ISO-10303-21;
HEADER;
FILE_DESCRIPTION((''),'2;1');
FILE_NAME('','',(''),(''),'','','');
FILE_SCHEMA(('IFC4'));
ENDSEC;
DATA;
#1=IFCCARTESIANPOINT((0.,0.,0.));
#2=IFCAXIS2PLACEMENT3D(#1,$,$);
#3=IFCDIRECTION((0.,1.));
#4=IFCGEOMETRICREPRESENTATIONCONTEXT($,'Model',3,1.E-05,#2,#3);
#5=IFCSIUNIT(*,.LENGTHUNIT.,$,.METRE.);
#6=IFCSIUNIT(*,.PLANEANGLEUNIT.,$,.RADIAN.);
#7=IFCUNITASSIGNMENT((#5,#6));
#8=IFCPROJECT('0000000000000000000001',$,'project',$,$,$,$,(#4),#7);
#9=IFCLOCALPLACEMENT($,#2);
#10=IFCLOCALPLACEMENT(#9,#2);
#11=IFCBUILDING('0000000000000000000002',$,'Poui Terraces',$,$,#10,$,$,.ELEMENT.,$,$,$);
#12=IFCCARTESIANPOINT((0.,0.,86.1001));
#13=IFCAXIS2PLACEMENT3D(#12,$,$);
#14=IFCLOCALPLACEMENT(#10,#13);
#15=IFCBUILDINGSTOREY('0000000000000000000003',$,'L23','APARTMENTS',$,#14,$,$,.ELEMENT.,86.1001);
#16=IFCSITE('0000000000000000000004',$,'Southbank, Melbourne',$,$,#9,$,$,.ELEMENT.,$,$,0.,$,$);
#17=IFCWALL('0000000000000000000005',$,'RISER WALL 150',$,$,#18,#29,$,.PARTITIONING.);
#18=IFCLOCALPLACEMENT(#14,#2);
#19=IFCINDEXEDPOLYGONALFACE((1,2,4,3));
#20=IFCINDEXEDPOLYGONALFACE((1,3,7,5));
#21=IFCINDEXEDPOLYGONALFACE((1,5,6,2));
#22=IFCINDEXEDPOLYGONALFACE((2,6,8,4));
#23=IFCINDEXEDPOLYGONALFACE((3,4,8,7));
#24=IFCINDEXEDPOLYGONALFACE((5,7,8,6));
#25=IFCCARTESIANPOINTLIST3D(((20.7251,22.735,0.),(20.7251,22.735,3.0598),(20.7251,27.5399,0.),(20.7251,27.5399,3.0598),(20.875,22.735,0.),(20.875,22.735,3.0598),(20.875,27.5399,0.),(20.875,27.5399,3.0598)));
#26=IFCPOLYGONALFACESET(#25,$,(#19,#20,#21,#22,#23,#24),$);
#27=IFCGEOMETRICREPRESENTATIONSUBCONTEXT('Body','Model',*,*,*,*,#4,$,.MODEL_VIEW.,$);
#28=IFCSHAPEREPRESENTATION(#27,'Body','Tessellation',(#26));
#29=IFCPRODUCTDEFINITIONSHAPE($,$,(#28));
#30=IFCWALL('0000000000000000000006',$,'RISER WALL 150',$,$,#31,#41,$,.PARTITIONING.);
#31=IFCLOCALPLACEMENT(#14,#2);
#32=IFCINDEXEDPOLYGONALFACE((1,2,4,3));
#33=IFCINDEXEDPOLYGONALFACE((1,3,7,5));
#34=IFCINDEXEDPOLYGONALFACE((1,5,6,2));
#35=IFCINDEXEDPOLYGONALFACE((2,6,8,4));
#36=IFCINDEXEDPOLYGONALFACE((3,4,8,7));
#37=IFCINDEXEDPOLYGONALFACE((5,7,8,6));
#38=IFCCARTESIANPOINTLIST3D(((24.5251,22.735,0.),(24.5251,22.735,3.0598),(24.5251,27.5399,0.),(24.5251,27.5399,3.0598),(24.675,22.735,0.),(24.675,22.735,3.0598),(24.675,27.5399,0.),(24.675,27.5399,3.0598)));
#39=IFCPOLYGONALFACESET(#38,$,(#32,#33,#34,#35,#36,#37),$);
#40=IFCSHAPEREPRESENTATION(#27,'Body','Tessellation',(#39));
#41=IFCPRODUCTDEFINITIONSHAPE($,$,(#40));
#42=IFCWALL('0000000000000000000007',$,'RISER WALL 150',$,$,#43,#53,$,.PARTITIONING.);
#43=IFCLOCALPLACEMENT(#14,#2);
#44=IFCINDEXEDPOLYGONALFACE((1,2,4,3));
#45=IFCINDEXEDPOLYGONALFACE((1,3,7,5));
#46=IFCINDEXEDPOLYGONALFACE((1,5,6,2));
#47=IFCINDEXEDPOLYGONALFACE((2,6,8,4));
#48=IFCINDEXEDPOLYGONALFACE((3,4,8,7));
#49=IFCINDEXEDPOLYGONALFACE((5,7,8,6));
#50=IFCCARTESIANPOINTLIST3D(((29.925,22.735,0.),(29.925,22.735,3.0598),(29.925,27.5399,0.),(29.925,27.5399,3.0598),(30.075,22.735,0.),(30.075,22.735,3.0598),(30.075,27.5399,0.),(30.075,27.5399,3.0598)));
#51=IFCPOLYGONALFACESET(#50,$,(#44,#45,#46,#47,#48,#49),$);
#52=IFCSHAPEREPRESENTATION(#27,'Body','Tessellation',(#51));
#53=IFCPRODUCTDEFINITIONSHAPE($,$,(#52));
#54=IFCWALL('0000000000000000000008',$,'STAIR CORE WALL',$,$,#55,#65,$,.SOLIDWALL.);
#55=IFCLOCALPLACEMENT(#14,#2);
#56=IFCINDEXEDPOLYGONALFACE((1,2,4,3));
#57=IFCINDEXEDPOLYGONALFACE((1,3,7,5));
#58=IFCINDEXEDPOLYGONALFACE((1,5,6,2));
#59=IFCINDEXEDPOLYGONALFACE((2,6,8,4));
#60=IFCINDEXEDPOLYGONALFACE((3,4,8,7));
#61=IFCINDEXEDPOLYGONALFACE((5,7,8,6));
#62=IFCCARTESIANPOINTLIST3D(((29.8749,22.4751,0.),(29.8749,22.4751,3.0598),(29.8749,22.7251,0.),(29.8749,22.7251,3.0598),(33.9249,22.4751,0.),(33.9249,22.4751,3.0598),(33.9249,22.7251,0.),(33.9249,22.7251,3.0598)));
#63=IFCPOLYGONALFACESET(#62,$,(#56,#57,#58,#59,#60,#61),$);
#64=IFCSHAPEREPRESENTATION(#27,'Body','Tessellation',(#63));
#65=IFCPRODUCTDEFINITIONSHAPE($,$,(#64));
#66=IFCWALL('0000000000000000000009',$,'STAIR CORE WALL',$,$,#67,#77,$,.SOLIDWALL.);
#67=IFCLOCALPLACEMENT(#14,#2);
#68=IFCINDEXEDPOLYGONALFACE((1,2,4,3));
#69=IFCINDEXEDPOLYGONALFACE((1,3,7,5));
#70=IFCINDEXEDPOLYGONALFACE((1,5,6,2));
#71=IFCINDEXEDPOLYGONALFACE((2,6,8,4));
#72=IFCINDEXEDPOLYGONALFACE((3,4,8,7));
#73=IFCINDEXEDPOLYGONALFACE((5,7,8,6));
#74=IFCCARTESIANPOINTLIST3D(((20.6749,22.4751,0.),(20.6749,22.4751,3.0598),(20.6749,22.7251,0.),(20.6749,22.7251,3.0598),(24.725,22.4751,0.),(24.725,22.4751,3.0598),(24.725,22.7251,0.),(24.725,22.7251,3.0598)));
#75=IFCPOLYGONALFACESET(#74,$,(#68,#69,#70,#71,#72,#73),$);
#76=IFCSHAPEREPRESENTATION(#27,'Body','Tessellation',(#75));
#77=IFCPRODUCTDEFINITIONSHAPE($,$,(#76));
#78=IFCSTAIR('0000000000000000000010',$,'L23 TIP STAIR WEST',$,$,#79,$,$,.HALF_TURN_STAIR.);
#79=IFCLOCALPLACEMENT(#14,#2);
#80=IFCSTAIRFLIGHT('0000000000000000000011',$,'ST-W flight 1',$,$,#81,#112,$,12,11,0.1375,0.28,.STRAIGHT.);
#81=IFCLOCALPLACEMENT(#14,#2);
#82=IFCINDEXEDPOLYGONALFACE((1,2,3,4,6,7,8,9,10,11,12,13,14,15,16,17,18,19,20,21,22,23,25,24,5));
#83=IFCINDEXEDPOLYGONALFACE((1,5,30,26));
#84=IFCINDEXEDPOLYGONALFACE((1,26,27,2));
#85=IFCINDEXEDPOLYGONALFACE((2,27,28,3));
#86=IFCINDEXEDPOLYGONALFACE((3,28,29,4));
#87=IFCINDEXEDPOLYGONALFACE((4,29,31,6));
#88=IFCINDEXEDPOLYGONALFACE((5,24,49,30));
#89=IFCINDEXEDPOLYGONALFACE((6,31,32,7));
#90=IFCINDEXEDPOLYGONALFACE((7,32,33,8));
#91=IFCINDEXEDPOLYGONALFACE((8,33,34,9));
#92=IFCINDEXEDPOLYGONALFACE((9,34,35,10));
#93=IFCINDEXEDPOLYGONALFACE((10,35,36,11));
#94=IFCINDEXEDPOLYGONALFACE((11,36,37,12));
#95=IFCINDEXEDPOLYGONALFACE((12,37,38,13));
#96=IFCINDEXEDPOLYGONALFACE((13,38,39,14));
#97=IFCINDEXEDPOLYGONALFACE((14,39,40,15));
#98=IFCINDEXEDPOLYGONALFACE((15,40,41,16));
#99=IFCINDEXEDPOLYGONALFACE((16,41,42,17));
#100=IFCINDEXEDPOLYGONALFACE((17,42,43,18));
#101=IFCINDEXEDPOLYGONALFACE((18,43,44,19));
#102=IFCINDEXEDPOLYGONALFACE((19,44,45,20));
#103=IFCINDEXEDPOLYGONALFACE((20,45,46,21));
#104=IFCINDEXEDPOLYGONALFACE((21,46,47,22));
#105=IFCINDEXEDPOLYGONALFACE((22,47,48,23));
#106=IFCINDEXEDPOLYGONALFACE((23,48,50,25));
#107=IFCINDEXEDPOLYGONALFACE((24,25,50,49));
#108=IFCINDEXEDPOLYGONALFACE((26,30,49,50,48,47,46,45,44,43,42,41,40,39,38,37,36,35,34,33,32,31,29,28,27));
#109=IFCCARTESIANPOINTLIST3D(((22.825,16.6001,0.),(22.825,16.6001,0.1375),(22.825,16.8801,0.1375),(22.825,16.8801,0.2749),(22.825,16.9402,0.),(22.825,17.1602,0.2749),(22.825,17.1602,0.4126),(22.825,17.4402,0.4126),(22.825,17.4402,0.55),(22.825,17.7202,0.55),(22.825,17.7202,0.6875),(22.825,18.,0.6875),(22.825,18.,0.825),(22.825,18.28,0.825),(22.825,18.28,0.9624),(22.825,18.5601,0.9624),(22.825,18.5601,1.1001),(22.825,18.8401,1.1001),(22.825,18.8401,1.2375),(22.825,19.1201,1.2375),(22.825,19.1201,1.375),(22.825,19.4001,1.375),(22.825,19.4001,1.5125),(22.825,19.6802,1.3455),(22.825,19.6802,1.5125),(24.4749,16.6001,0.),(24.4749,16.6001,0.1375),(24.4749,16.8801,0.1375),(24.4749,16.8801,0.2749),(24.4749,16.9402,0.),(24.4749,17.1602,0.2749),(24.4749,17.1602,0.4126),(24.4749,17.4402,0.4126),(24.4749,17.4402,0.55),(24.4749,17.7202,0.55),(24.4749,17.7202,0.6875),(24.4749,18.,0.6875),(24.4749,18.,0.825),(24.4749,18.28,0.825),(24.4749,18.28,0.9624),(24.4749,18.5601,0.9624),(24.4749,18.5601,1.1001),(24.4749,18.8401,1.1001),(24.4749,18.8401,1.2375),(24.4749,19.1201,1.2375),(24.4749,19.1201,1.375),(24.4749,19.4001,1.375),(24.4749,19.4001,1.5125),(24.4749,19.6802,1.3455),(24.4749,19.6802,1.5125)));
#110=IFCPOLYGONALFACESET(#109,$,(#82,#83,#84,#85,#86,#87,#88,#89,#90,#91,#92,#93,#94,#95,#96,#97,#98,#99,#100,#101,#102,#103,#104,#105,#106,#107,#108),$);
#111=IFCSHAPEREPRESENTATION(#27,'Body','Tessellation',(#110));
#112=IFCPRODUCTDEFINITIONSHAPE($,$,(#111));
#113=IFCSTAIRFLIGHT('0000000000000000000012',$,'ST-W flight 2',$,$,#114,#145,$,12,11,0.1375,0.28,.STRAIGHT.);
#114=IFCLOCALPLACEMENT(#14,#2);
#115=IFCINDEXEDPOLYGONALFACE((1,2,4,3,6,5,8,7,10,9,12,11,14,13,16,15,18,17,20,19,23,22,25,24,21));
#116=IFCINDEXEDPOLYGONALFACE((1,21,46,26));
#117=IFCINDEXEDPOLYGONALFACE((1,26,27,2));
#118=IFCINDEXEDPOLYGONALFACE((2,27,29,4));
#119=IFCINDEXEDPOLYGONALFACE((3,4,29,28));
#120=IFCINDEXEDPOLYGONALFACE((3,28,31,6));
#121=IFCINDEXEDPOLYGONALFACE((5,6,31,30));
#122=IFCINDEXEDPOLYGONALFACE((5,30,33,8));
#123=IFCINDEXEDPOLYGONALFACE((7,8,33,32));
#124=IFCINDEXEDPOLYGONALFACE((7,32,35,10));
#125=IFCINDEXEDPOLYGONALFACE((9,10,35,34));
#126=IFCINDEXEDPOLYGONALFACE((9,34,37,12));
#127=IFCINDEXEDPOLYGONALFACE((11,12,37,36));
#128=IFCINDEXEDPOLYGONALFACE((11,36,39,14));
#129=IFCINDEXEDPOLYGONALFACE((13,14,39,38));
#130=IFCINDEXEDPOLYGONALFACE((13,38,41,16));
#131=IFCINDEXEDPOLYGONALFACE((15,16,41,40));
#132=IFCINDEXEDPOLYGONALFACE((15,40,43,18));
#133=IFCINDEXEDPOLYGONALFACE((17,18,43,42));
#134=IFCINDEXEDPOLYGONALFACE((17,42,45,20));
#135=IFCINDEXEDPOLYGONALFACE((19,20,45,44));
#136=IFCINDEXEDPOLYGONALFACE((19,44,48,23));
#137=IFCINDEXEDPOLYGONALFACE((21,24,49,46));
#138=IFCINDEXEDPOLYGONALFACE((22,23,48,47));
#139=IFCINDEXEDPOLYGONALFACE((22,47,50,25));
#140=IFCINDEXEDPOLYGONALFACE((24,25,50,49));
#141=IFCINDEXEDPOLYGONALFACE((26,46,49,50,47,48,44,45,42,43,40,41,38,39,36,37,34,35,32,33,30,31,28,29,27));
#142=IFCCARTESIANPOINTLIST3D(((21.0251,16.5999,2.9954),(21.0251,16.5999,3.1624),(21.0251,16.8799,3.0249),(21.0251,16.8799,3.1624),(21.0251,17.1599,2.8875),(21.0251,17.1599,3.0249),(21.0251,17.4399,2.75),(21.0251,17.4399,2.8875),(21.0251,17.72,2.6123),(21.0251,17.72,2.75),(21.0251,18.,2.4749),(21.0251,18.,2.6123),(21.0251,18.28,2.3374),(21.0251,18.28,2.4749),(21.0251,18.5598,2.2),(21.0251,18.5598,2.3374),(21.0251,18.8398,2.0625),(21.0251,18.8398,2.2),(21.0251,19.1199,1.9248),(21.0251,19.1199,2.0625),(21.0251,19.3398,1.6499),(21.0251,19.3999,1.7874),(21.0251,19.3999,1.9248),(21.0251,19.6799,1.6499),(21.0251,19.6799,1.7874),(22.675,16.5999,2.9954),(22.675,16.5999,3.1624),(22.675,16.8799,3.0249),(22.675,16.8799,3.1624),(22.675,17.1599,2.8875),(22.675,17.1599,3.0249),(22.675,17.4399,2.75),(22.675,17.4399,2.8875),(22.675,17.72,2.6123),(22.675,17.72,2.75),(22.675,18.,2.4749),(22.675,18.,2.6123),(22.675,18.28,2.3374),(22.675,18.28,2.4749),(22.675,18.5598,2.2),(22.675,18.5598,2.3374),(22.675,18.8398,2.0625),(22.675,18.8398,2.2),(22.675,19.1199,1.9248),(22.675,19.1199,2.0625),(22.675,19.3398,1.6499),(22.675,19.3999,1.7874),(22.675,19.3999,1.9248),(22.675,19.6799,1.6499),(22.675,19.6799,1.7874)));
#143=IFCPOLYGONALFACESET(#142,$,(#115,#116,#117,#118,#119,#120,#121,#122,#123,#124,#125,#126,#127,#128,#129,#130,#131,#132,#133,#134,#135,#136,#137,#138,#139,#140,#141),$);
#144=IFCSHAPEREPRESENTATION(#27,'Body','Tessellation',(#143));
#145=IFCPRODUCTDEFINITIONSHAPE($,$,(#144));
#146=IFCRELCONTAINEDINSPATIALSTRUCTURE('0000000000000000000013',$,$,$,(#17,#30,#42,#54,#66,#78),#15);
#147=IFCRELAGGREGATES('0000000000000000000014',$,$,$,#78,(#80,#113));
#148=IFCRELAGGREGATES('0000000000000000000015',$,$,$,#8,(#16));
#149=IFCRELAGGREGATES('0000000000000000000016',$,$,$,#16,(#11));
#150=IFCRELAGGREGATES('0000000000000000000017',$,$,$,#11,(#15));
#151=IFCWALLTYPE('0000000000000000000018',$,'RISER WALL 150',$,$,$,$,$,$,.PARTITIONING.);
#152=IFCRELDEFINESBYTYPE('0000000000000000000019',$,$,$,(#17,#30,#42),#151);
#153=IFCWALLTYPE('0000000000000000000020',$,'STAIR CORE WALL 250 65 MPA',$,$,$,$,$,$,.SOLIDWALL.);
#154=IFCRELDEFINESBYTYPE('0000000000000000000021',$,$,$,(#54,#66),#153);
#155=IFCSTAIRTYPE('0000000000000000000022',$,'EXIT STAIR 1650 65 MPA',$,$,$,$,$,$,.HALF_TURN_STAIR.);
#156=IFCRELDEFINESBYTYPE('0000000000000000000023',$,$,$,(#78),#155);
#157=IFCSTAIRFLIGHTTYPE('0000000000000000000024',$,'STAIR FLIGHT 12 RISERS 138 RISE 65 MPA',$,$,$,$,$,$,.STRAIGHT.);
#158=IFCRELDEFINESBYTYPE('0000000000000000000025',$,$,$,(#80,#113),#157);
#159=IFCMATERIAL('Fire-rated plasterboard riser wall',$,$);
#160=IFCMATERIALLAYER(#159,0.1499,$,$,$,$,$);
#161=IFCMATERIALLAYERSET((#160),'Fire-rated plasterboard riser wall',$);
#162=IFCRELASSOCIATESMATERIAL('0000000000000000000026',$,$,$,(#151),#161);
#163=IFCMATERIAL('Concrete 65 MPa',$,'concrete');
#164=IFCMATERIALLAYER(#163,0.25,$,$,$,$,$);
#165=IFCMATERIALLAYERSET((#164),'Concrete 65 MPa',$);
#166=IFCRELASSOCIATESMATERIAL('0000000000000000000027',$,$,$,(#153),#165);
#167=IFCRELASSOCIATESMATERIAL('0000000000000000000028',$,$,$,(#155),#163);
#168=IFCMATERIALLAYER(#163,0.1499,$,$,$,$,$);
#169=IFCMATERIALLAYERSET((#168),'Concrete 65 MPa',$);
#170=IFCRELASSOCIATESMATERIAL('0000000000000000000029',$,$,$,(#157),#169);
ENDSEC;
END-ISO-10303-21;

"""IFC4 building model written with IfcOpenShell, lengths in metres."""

from ifc_helpers import new_model, si_unit, direction, frame, frame_2d, origin, place, context, subcontext, project, spatial, polyline, rectangle, outline, extrude, material, layer, layer_set, type_object, element, aggregate, save


model = new_model("IFC4")

# Units and contexts
model_context = context("Model", 3, precision=1e-05, world=origin(), true_north=direction((0.0, 1.0)))
body_context = subcontext(model_context, "Body", "Model", "MODEL_VIEW")
ifc_project = project(units=[si_unit("LENGTHUNIT", "METRE"), si_unit("PLANEANGLEUNIT", "RADIAN")], contexts=[model_context])

# Site, building, storey
site_placement = place(None, origin())
site = spatial("IfcSite", under=ifc_project, at=site_placement, Name="Southbank, Melbourne", CompositionType="ELEMENT", RefElevation=0.0)
building_placement = place(site_placement, origin())
building = spatial("IfcBuilding", under=site, at=building_placement, Name="Poui Terraces", CompositionType="ELEMENT")
storey_placement = place(building_placement, frame((0.0, 0.0, 86.1001)))
storey = spatial("IfcBuildingStorey", under=building, at=storey_placement, Name="L23", Description="APARTMENTS", CompositionType="ELEMENT", Elevation=86.1001)

# Walls
ifc_material_1 = material(Name="Fire-rated plasterboard riser wall")
ifc_layer_1 = layer(ifc_material_1, 0.1499)
ifc_layer_set_1 = layer_set([ifc_layer_1], Name="Fire-rated plasterboard riser wall")
wall_type_1 = type_object("IfcWallType", Name="RISER WALL 150", PredefinedType="PARTITIONING", material=ifc_layer_set_1)
for number, where, z_axis, x_axis, name in (
    (1, (20.8, 22.7351, 0.0), (0.0, 0.0, 1.0), (0.0, 1.0, 0.0), "RISER WALL 150"),
    (2, (24.6001, 22.7351, 0.0), (0.0, 0.0, 1.0), (0.0, 1.0, 0.0), "RISER WALL 150"),
    (3, (30.0, 22.7351, 0.0), (0.0, 0.0, 1.0), (0.0, 1.0, 0.0), "RISER WALL 150"),
):
    element("IfcWall", number, at=place(storey_placement, frame(where, z_axis=z_axis, x_axis=x_axis)), inside=storey, type_object=wall_type_1, Name=name, PredefinedType="PARTITIONING", context=body_context, shape_type="SweptSolid", body=[
        extrude(rectangle(XDim=4.8049, YDim=0.1499, at=frame_2d((2.4023, 0.0))), origin(), (0.0, 0.0, 1.0), 3.0598),
    ])
ifc_material_2 = material(Name="Concrete 65 MPa", Category="concrete")
ifc_layer_2 = layer(ifc_material_2, 0.25)
ifc_layer_set_2 = layer_set([ifc_layer_2], Name="Concrete 65 MPa")
wall_type_2 = type_object("IfcWallType", Name="STAIR CORE WALL 250 65 MPA", PredefinedType="SOLIDWALL", material=ifc_layer_set_2)
for number, where, z_axis, x_axis, name in (
    (4, (29.875, 22.6001, 0.0), (0.0, 0.0, 1.0), (1.0, 0.0, 0.0), "STAIR CORE WALL"),
    (5, (20.675, 22.6001, 0.0), (0.0, 0.0, 1.0), (1.0, 0.0, 0.0), "STAIR CORE WALL"),
):
    element("IfcWall", number, at=place(storey_placement, frame(where, z_axis=z_axis, x_axis=x_axis)), inside=storey, type_object=wall_type_2, Name=name, PredefinedType="SOLIDWALL", context=body_context, shape_type="SweptSolid", body=[
        extrude(rectangle(XDim=4.05, YDim=0.25, at=frame_2d((2.0249, 0.0))), origin(), (0.0, 0.0, 1.0), 3.0598),
    ])

# Stair, stair flights
stair_type = type_object("IfcStairType", Name="EXIT STAIR 1650 65 MPA", PredefinedType="HALF_TURN_STAIR", material=ifc_material_2)
stair_placement = place(storey_placement, origin())
stair = element("IfcStair", 6, at=stair_placement, inside=storey, type_object=stair_type, Name="L23 TIP STAIR WEST", PredefinedType="HALF_TURN_STAIR")
ifc_layer_3 = layer(ifc_material_2, 0.1499)
ifc_layer_set_3 = layer_set([ifc_layer_3], Name="Concrete 65 MPa")
stair_flight_type = type_object("IfcStairFlightType", Name="STAIR FLIGHT 12 RISERS 138 RISE 65 MPA", PredefinedType="STRAIGHT", material=ifc_layer_set_3)
stair_flight_1_placement = place(storey_placement, frame((23.6499, 16.6001, 0.0), z_axis=(0.0, 0.0, 1.0), x_axis=(0.0, 1.0, 0.0)))
stair_flight_1 = element("IfcStairFlight", 7, at=stair_flight_1_placement, type_object=stair_flight_type, Name="ST-W flight 1", NumberOfRisers=12, NumberOfTreads=11, PredefinedType="STRAIGHT", RiserHeight=0.1375, TreadLength=0.28, context=body_context, shape_type="SweptSolid", body=[
    extrude(outline(polyline([(0.0, 0.0), (0.0, 0.1375), (0.28, 0.1375), (0.28, 0.2749), (0.5601, 0.2749), (0.5601, 0.4126), (0.8401, 0.4126), (0.8401, 0.55), (1.1201, 0.55), (1.1201, 0.6875), (1.3999, 0.6875), (1.3999, 0.825), (1.6799, 0.825), (1.6799, 0.9624), (1.96, 0.9624), (1.96, 1.1001), (2.24, 1.1001), (2.24, 1.2375), (2.52, 1.2375), (2.52, 1.375), (2.8, 1.375), (2.8, 1.5125), (3.0801, 1.5125), (3.0801, 1.6499), (3.0801, 1.3455), (0.3401, 0.0), (0.0, 0.0)])), frame((0.0, 0.825, 0.0), z_axis=(0.0, -1.0, 0.0), x_axis=(1.0, 0.0, 0.0)), (0.0, 0.0, 1.0), 1.6499),
])
stair_flight_2_placement = place(storey_placement, frame((21.8501, 19.6799, 1.6499), z_axis=(0.0, 0.0, 1.0), x_axis=(0.0, -1.0, 0.0)))
stair_flight_2 = element("IfcStairFlight", 8, at=stair_flight_2_placement, type_object=stair_flight_type, Name="ST-W flight 2", NumberOfRisers=12, NumberOfTreads=11, PredefinedType="STRAIGHT", RiserHeight=0.1375, TreadLength=0.28, context=body_context, shape_type="SweptSolid", body=[
    extrude(outline(polyline([(0.0, 0.0), (0.0, 0.1375), (0.28, 0.1375), (0.28, 0.2749), (0.5601, 0.2749), (0.5601, 0.4126), (0.8401, 0.4126), (0.8401, 0.55), (1.1201, 0.55), (1.1201, 0.6875), (1.3999, 0.6875), (1.3999, 0.825), (1.6799, 0.825), (1.6799, 0.9624), (1.96, 0.9624), (1.96, 1.1001), (2.24, 1.1001), (2.24, 1.2375), (2.52, 1.2375), (2.52, 1.375), (2.8, 1.375), (2.8, 1.5125), (3.0801, 1.5125), (3.0801, 1.6499), (3.0801, 1.3455), (0.3401, 0.0), (0.0, 0.0)])), frame((0.0, 0.825, 0.0), z_axis=(0.0, -1.0, 0.0), x_axis=(1.0, 0.0, 0.0)), (0.0, 0.0, 1.0), 1.6499),
])
aggregate(stair, [stair_flight_1, stair_flight_2])

save(model, "model.ifc")
